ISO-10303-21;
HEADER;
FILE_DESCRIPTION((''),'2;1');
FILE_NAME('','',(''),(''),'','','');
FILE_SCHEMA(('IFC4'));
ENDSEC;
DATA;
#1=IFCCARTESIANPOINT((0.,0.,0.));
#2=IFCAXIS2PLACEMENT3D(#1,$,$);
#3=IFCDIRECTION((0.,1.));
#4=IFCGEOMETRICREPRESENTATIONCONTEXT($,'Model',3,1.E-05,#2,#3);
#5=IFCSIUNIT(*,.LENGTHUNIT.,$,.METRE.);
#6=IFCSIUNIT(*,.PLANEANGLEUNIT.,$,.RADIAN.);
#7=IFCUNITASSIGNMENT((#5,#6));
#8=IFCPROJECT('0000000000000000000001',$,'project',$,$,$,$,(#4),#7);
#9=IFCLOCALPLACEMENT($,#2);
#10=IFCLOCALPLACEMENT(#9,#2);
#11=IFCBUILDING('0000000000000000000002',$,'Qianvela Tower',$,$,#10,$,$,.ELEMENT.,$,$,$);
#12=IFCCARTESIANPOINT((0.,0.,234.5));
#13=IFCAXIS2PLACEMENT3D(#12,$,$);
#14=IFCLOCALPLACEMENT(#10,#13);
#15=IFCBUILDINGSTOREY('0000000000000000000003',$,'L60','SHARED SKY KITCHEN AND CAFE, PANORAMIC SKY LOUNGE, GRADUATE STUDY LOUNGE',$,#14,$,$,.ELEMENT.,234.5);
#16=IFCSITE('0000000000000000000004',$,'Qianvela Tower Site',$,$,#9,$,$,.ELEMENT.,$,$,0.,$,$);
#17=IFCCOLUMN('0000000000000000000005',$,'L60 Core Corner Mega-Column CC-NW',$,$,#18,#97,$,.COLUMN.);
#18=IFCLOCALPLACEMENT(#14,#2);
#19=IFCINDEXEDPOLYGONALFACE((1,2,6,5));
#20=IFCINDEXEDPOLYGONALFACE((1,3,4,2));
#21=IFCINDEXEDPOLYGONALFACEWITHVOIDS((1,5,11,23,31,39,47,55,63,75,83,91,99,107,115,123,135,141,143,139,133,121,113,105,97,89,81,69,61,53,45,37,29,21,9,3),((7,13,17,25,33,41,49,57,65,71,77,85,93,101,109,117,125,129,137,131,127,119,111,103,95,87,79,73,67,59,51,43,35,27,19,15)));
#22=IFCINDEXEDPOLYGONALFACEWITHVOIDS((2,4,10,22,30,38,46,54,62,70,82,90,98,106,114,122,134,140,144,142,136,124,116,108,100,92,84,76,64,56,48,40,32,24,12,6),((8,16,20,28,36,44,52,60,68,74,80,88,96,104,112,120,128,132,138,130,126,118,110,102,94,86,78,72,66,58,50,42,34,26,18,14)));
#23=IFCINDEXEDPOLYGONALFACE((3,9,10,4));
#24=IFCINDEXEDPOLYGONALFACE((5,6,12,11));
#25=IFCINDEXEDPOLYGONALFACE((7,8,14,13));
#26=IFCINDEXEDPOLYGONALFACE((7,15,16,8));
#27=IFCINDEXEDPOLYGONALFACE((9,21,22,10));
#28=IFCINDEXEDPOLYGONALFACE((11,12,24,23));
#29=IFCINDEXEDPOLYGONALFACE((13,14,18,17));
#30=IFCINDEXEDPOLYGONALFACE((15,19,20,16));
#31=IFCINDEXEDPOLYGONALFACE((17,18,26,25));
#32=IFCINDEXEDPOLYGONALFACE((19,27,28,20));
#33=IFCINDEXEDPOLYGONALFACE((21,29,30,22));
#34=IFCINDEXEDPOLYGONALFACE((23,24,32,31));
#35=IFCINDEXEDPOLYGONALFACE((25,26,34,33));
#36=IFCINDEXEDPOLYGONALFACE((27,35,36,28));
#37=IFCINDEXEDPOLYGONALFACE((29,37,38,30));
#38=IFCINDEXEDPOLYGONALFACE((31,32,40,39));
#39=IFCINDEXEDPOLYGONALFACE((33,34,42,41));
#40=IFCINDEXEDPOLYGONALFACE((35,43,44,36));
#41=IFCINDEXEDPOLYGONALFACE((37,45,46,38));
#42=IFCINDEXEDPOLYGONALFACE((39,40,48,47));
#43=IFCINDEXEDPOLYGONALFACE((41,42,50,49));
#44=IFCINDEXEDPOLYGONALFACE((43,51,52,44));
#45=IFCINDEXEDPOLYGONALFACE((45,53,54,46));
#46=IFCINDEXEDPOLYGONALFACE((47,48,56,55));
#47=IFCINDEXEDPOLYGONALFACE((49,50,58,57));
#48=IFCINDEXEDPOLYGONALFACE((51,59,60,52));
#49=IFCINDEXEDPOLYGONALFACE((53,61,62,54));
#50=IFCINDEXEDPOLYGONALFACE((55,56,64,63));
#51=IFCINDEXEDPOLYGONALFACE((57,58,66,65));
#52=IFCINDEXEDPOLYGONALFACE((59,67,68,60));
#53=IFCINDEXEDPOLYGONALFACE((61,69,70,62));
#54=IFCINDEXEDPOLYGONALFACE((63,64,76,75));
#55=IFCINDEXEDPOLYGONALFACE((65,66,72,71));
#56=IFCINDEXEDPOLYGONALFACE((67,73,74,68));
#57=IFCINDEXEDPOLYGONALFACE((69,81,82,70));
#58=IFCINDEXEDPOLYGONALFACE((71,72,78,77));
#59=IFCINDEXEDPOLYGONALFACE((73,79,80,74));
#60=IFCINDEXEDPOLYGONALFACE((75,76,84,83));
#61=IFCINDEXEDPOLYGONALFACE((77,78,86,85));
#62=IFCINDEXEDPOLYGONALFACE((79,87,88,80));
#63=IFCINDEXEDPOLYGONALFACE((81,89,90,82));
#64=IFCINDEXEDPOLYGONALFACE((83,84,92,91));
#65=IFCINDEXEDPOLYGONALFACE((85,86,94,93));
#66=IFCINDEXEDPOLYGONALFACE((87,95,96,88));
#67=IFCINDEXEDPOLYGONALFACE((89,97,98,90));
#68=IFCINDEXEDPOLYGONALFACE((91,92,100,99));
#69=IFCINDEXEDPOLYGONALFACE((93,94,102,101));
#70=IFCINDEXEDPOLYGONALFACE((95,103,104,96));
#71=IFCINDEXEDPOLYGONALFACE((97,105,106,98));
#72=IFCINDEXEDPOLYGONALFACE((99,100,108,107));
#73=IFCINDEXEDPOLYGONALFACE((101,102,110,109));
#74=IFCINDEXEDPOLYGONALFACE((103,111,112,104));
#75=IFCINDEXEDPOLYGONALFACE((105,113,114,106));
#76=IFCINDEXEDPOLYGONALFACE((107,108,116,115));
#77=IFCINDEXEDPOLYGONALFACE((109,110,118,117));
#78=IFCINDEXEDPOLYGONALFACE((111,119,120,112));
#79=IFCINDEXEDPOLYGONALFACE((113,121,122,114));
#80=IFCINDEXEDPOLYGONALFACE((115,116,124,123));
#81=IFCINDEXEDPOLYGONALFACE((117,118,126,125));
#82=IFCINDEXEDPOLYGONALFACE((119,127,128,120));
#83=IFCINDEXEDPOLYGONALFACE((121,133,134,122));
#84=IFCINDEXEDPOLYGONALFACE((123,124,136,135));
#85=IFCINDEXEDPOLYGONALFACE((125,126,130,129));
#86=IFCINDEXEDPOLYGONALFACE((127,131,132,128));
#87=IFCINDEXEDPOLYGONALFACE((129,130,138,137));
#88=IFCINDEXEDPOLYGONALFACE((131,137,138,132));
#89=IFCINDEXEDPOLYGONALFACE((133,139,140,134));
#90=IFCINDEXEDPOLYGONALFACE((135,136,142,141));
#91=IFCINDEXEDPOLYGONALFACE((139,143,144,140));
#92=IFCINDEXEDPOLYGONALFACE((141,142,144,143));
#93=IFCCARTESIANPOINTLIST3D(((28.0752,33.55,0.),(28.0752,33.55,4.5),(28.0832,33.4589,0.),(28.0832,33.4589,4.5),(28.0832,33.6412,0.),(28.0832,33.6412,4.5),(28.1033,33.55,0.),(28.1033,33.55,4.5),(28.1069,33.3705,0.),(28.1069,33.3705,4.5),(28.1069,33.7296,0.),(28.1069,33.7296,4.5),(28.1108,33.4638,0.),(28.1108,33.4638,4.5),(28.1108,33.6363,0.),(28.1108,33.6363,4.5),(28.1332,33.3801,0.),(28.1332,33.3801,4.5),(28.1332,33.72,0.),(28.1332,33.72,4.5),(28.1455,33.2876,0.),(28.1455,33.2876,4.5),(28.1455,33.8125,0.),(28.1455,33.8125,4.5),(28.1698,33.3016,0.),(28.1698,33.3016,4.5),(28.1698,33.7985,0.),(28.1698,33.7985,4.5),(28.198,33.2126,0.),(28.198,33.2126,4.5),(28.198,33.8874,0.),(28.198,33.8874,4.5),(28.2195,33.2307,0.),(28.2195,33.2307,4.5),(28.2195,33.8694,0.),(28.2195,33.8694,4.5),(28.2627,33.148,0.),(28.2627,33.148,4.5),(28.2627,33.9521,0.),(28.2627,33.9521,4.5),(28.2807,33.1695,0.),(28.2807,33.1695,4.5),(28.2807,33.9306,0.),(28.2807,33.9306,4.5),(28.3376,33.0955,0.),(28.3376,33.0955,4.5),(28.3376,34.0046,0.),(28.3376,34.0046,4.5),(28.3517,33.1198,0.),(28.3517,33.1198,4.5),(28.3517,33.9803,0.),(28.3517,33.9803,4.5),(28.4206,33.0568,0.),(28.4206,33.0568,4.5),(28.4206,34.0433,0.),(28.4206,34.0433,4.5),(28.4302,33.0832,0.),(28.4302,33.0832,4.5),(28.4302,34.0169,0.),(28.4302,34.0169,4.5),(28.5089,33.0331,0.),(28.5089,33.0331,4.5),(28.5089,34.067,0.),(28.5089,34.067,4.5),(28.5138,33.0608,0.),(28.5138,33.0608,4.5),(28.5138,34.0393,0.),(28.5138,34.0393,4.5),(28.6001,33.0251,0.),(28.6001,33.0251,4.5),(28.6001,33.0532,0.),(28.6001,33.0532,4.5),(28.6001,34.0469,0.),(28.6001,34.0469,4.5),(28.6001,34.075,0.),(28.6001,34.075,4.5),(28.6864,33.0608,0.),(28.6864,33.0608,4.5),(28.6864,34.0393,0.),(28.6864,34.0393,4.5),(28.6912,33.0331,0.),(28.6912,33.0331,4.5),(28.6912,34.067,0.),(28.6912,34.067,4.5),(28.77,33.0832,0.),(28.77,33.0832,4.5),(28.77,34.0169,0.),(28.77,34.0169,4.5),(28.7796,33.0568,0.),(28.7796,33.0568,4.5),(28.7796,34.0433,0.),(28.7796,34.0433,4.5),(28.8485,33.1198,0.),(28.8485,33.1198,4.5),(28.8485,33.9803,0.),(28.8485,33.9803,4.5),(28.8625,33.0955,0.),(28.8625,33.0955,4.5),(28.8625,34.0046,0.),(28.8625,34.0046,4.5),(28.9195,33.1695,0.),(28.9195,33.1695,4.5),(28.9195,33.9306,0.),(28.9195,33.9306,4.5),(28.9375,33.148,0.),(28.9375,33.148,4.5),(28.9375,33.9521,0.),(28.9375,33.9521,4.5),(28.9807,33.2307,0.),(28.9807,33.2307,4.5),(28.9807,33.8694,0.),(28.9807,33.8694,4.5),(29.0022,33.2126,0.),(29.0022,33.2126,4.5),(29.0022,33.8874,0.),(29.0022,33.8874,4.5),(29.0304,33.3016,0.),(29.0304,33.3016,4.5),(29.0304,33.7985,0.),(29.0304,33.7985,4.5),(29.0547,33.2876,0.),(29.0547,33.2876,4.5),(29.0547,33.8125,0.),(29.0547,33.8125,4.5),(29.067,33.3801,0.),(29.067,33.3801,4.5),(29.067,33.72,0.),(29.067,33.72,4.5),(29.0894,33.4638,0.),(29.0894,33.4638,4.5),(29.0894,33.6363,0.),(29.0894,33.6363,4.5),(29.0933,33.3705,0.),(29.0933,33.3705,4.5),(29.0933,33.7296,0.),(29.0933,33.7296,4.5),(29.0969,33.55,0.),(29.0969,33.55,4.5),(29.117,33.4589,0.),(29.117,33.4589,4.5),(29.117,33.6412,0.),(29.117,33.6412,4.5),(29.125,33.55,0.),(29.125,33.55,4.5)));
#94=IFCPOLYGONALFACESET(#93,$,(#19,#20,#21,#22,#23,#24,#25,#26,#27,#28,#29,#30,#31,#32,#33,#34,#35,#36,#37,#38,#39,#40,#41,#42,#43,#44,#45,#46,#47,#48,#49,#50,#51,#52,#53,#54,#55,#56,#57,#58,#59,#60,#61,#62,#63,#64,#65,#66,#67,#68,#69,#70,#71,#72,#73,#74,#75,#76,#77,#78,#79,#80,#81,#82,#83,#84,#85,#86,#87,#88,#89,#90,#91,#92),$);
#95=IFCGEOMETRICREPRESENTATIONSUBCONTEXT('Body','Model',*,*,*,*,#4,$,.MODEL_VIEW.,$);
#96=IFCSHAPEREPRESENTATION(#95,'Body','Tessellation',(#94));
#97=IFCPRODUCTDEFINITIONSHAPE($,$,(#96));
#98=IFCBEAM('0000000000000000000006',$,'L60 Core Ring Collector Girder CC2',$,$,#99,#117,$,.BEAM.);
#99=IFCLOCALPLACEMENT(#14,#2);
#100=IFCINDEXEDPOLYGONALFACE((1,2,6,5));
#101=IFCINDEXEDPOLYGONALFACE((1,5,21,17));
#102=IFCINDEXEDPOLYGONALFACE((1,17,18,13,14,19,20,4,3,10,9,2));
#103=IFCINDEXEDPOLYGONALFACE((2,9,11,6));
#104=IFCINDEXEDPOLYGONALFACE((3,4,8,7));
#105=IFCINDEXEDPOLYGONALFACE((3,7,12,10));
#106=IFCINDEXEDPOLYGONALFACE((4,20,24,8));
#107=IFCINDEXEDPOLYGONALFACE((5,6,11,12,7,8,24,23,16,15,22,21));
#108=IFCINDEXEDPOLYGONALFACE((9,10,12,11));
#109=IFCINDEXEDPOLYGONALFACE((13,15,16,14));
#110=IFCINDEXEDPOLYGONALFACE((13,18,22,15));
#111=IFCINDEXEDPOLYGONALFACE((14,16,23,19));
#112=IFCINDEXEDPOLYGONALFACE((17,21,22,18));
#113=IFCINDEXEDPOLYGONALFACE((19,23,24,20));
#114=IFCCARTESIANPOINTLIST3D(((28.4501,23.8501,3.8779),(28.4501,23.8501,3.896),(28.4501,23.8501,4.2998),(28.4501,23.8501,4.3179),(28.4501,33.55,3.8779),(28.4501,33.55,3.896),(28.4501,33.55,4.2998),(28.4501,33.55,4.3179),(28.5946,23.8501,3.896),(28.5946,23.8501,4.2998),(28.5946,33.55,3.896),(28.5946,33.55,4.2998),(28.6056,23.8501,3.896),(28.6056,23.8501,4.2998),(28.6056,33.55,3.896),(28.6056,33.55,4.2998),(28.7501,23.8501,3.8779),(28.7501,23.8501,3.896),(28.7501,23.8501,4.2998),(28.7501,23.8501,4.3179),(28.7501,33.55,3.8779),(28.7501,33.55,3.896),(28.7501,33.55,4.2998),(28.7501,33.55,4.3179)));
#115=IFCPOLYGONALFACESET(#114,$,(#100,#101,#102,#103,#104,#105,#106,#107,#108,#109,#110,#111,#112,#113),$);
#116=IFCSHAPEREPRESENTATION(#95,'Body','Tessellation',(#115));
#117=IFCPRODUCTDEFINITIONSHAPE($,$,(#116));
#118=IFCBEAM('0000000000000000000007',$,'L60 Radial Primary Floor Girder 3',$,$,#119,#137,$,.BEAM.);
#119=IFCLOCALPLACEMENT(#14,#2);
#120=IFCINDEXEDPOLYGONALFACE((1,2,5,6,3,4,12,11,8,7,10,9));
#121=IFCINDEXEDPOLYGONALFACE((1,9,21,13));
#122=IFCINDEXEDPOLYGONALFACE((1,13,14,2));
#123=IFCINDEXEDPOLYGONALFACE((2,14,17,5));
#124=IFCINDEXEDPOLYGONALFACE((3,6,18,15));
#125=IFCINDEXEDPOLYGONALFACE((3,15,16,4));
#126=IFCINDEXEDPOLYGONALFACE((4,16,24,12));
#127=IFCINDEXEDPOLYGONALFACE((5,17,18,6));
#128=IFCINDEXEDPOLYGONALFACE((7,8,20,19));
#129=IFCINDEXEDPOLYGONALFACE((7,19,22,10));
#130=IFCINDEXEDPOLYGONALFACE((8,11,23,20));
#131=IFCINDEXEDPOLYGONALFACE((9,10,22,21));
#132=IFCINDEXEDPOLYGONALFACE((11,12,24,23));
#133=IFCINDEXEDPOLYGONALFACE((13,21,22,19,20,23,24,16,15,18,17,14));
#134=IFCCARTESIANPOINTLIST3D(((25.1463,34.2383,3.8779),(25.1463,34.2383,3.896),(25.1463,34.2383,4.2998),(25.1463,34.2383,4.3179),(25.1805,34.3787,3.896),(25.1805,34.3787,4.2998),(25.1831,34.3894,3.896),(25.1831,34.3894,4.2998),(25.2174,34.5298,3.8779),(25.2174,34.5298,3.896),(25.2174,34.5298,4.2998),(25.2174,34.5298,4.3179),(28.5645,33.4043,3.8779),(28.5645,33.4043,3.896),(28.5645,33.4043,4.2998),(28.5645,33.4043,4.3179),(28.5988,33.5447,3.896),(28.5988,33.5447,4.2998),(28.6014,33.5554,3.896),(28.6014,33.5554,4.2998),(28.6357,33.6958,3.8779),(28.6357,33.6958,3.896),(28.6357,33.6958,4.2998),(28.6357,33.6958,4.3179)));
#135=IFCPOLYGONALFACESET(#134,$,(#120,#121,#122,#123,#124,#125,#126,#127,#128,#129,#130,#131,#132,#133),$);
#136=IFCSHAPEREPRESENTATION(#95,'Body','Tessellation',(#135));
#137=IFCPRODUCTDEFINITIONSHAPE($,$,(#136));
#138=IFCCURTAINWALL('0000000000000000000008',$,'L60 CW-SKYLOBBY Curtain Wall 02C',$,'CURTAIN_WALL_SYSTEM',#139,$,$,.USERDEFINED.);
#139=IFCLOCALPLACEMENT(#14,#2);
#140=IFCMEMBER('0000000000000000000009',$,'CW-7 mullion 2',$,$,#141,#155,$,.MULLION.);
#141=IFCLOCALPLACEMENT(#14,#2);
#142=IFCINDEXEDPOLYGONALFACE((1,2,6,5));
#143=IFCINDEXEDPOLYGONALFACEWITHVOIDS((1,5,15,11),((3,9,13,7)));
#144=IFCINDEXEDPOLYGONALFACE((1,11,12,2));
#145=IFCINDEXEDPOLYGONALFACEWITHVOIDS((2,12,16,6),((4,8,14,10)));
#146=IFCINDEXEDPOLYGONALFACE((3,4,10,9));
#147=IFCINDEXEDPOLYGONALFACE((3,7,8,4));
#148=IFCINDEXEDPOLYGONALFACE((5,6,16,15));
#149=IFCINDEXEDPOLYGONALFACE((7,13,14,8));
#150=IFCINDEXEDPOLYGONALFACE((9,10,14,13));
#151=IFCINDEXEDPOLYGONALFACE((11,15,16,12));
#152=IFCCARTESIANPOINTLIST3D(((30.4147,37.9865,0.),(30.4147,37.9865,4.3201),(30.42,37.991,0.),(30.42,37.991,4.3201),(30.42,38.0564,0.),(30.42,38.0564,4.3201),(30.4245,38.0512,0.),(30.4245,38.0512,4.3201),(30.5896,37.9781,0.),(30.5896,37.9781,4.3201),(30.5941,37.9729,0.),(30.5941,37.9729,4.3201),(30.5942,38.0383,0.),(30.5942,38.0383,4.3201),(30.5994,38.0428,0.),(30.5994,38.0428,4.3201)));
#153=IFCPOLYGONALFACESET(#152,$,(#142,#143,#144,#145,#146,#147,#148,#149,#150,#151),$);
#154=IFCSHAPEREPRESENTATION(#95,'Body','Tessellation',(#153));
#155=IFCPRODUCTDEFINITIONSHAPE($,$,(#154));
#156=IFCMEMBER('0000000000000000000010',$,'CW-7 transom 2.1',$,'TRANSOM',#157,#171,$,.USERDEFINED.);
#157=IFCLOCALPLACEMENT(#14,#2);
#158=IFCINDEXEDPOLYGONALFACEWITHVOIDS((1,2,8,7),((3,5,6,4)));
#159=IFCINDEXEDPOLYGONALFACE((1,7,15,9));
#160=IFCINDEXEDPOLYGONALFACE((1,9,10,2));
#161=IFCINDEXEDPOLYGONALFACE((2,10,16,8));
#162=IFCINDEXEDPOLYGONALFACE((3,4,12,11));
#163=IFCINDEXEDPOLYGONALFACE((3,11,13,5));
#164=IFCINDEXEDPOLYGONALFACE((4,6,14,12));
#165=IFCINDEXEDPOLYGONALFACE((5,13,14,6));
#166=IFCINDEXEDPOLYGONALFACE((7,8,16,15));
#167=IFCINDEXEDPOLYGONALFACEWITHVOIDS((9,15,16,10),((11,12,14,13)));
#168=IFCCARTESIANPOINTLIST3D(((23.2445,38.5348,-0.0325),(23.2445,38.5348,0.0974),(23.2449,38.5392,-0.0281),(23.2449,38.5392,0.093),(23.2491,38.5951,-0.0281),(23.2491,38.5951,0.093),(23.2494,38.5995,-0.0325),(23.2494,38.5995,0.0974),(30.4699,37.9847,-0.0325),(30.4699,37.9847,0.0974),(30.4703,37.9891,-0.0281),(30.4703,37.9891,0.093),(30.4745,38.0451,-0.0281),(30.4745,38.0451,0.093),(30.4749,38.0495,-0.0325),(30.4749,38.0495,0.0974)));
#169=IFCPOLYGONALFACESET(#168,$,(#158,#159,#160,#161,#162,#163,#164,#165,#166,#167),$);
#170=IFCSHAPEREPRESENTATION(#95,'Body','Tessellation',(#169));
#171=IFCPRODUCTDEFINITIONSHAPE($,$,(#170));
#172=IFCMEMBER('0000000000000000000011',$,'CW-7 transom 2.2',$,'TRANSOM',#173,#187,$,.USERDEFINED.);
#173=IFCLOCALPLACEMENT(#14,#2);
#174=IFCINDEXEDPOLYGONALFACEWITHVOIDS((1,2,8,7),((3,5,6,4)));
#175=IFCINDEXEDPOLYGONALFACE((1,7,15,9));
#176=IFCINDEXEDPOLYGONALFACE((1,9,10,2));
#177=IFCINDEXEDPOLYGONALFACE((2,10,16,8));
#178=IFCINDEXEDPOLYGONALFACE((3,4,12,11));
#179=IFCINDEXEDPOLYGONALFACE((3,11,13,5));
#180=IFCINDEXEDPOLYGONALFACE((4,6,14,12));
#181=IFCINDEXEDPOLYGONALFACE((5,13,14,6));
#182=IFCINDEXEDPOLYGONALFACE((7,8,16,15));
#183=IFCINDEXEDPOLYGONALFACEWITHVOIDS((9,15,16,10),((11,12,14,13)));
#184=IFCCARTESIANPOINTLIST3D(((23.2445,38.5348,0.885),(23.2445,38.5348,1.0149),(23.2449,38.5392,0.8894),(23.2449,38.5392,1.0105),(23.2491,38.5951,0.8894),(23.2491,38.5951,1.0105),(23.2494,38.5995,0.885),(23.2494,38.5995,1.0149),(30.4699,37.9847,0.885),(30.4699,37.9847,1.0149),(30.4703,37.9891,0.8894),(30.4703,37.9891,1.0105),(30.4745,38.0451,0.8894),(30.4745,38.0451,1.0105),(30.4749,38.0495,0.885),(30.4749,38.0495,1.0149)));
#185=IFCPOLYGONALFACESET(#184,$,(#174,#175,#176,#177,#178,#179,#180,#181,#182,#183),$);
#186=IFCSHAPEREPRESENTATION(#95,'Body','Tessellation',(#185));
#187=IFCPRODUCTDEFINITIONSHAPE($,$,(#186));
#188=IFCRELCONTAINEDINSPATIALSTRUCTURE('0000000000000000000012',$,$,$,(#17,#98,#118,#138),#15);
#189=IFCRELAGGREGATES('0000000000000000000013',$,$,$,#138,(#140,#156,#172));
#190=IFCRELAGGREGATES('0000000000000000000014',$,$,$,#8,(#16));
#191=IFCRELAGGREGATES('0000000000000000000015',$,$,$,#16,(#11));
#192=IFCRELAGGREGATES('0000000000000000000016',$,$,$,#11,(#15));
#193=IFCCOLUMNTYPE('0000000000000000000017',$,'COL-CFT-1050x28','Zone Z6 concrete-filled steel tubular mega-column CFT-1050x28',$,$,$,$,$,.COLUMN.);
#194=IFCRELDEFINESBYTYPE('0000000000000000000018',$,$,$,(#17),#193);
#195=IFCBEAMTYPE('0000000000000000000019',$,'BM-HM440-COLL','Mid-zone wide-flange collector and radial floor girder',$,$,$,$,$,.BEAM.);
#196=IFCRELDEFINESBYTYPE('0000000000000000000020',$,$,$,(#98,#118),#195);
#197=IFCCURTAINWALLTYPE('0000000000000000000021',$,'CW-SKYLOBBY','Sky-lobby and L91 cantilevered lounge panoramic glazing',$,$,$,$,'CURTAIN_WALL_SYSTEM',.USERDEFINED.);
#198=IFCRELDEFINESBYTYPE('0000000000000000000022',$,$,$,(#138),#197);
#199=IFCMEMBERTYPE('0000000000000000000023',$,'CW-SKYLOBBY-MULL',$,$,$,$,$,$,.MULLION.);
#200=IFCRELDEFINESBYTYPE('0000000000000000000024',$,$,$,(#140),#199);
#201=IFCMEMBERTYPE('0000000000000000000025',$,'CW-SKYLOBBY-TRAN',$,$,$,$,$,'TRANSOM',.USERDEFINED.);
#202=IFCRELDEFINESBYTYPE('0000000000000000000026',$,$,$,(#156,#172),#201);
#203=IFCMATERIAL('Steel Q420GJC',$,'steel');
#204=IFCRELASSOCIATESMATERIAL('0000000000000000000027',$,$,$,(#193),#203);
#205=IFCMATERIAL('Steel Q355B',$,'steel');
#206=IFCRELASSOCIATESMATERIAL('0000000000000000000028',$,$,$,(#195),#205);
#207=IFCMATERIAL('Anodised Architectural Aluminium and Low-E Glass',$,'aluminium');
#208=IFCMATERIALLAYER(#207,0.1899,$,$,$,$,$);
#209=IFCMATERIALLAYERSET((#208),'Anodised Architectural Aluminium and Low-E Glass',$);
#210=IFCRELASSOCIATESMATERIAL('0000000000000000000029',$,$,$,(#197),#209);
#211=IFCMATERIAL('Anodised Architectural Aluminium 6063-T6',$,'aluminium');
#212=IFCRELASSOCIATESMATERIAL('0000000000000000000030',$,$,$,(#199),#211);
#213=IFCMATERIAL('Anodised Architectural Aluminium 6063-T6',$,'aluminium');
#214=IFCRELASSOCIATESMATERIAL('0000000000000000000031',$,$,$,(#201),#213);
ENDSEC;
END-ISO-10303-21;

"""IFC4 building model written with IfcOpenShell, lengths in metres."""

from ifc_helpers import new_model, si_unit, direction, frame, origin, origin_2d, place, context, subcontext, project, spatial, hollow_rectangle, hollow_circle, i_section, extrude, material, layer, layer_set, material_profile, profile_set, type_object, element, aggregate, save


model = new_model("IFC4")

# Units and contexts
model_context = context("Model", 3, precision=1e-05, world=origin(), true_north=direction((0.0, 1.0)))
body_context = subcontext(model_context, "Body", "Model", "MODEL_VIEW")
ifc_project = project(units=[si_unit("LENGTHUNIT", "METRE"), si_unit("PLANEANGLEUNIT", "RADIAN")], contexts=[model_context])

# Site, building, storey
site_placement = place(None, origin())
site = spatial("IfcSite", under=ifc_project, at=site_placement, Name="Qianvela Tower Site", CompositionType="ELEMENT", RefElevation=0.0)
building_placement = place(site_placement, origin())
building = spatial("IfcBuilding", under=site, at=building_placement, Name="Qianvela Tower", CompositionType="ELEMENT")
storey_placement = place(building_placement, frame((0.0, 0.0, 234.5)))
storey = spatial("IfcBuildingStorey", under=building, at=storey_placement, Name="L60", Description="SHARED SKY KITCHEN AND CAFE, PANORAMIC SKY LOUNGE, GRADUATE STUDY LOUNGE", CompositionType="ELEMENT", Elevation=234.5)

# Column
ifc_material_1 = material(Name="Steel Q420GJC", Category="steel")
ifc_material_profile_1 = material_profile(ifc_material_1, hollow_circle(Radius=0.5249, WallThickness=0.0281, at=origin_2d()), Name="CFT-1050x28")
ifc_profile_set_1 = profile_set([ifc_material_profile_1], Name="Steel Q420GJC")
column_type = type_object("IfcColumnType", Name="COL-CFT-1050x28", Description="Zone Z6 concrete-filled steel tubular mega-column CFT-1050x28", PredefinedType="COLUMN", material=ifc_profile_set_1)
column_placement = place(storey_placement, frame((28.6001, 33.55, 0.0), z_axis=(0.0, 0.0, 1.0), x_axis=(1.0, 0.0, 0.0)))
element("IfcColumn", 1, at=column_placement, inside=storey, type_object=column_type, Name="L60 Core Corner Mega-Column CC-NW", PredefinedType="COLUMN", context=body_context, shape_type="SweptSolid", body=[
    extrude(hollow_circle(Radius=0.5249, WallThickness=0.0281, at=origin_2d()), origin(), (0.0, 0.0, 1.0), 4.5),
])

# Beams
ifc_material_2 = material(Name="Steel Q355B", Category="steel")
ifc_material_profile_2 = material_profile(ifc_material_2, i_section(OverallWidth=0.3, OverallDepth=0.4399, WebThickness=0.011, FlangeThickness=0.0181, at=origin_2d()), Name="HM440x300x11x18")
ifc_profile_set_2 = profile_set([ifc_material_profile_2], Name="Steel Q355B")
beam_type = type_object("IfcBeamType", Name="BM-HM440-COLL", Description="Mid-zone wide-flange collector and radial floor girder", PredefinedType="BEAM", material=ifc_profile_set_2)
beam_1_placement = place(storey_placement, frame((28.6001, 33.55, 4.0979), z_axis=(0.0, -1.0, 0.0), x_axis=(1.0, 0.0, 0.0)))
element("IfcBeam", 2, at=beam_1_placement, inside=storey, type_object=beam_type, Name="L60 Core Ring Collector Girder CC2", PredefinedType="BEAM", context=body_context, shape_type="SweptSolid", body=[
    extrude(i_section(OverallWidth=0.3, OverallDepth=0.4399, WebThickness=0.011, FlangeThickness=0.0181, at=origin_2d()), origin(), (0.0, 0.0, 1.0), 9.7),
])
beam_2_placement = place(storey_placement, frame((28.6001, 33.55, 4.0979), z_axis=(-0.971502, 0.23703, 0.0), x_axis=(-0.23703, -0.971502, 0.0)))
element("IfcBeam", 3, at=beam_2_placement, inside=storey, type_object=beam_type, Name="L60 Radial Primary Floor Girder 3", PredefinedType="BEAM", context=body_context, shape_type="SweptSolid", body=[
    extrude(i_section(OverallWidth=0.3, OverallDepth=0.4399, WebThickness=0.011, FlangeThickness=0.0181, at=origin_2d()), origin(), (0.0, 0.0, 1.0), 3.5186),
])

# Curtain wall, members
ifc_material_3 = material(Name="Anodised Architectural Aluminium and Low-E Glass", Category="aluminium")
ifc_layer_1 = layer(ifc_material_3, 0.1899)
ifc_layer_set_1 = layer_set([ifc_layer_1], Name="Anodised Architectural Aluminium and Low-E Glass")
curtain_wall_type = type_object("IfcCurtainWallType", Name="CW-SKYLOBBY", Description="Sky-lobby and L91 cantilevered lounge panoramic glazing", ElementType="CURTAIN_WALL_SYSTEM", PredefinedType="USERDEFINED", material=ifc_layer_set_1)
curtain_wall_placement = place(storey_placement, origin())
curtain_wall = element("IfcCurtainWall", 4, at=curtain_wall_placement, inside=storey, type_object=curtain_wall_type, Name="L60 CW-SKYLOBBY Curtain Wall 02C", ObjectType="CURTAIN_WALL_SYSTEM", PredefinedType="USERDEFINED")
ifc_material_4 = material(Name="Anodised Architectural Aluminium 6063-T6", Category="aluminium")
ifc_material_profile_3 = material_profile(ifc_material_4, hollow_rectangle(XDim=0.0701, YDim=0.1799, WallThickness=0.0049, at=origin_2d()), Name="ALU-MULL-70x180")
ifc_profile_set_3 = profile_set([ifc_material_profile_3], Name="Anodised Architectural Aluminium 6063-T6")
member_type_1 = type_object("IfcMemberType", Name="CW-SKYLOBBY-MULL", PredefinedType="MULLION", material=ifc_profile_set_3)
member_1_placement = place(storey_placement, frame((30.5071, 38.0146, 0.0), z_axis=(0.0, 0.0, 1.0), x_axis=(-0.0759, -0.997115, 0.0)))
member_1 = element("IfcMember", 5, at=member_1_placement, type_object=member_type_1, Name="CW-7 mullion 2", PredefinedType="MULLION", context=body_context, shape_type="SweptSolid", body=[
    extrude(hollow_rectangle(XDim=0.0701, YDim=0.1799, WallThickness=0.0049, at=origin_2d()), origin(), (0.0, 0.0, 1.0), 4.3201),
])
ifc_material_5 = material(Name="Anodised Architectural Aluminium 6063-T6", Category="aluminium")
ifc_material_profile_4 = material_profile(ifc_material_5, hollow_rectangle(XDim=0.0649, YDim=0.1299, WallThickness=0.0044, at=origin_2d()), Name="ALU-TRAN-65x130")
ifc_profile_set_4 = profile_set([ifc_material_profile_4], Name="Anodised Architectural Aluminium 6063-T6")
member_type_2 = type_object("IfcMemberType", Name="CW-SKYLOBBY-TRAN", ElementType="TRANSOM", PredefinedType="USERDEFINED", material=ifc_profile_set_4)
member_2_placement = place(storey_placement, frame((30.4724, 38.0171, 0.0325), z_axis=(-0.997115, 0.075908, 0.0), x_axis=(-0.075908, -0.997115, 0.0)))
member_2 = element("IfcMember", 6, at=member_2_placement, type_object=member_type_2, Name="CW-7 transom 2.1", ObjectType="TRANSOM", PredefinedType="USERDEFINED", context=body_context, shape_type="SweptSolid", body=[
    extrude(hollow_rectangle(XDim=0.0649, YDim=0.1299, WallThickness=0.0044, at=origin_2d()), origin(), (0.0, 0.0, 1.0), 7.2463),
])
member_3_placement = place(storey_placement, frame((30.4724, 38.0171, 0.95), z_axis=(-0.997115, 0.075908, 0.0), x_axis=(-0.075908, -0.997115, 0.0)))
member_3 = element("IfcMember", 7, at=member_3_placement, type_object=member_type_2, Name="CW-7 transom 2.2", ObjectType="TRANSOM", PredefinedType="USERDEFINED", context=body_context, shape_type="SweptSolid", body=[
    extrude(hollow_rectangle(XDim=0.0649, YDim=0.1299, WallThickness=0.0044, at=origin_2d()), origin(), (0.0, 0.0, 1.0), 7.2463),
])
aggregate(curtain_wall, [member_1, member_2, member_3])

save(model, "model.ifc")
